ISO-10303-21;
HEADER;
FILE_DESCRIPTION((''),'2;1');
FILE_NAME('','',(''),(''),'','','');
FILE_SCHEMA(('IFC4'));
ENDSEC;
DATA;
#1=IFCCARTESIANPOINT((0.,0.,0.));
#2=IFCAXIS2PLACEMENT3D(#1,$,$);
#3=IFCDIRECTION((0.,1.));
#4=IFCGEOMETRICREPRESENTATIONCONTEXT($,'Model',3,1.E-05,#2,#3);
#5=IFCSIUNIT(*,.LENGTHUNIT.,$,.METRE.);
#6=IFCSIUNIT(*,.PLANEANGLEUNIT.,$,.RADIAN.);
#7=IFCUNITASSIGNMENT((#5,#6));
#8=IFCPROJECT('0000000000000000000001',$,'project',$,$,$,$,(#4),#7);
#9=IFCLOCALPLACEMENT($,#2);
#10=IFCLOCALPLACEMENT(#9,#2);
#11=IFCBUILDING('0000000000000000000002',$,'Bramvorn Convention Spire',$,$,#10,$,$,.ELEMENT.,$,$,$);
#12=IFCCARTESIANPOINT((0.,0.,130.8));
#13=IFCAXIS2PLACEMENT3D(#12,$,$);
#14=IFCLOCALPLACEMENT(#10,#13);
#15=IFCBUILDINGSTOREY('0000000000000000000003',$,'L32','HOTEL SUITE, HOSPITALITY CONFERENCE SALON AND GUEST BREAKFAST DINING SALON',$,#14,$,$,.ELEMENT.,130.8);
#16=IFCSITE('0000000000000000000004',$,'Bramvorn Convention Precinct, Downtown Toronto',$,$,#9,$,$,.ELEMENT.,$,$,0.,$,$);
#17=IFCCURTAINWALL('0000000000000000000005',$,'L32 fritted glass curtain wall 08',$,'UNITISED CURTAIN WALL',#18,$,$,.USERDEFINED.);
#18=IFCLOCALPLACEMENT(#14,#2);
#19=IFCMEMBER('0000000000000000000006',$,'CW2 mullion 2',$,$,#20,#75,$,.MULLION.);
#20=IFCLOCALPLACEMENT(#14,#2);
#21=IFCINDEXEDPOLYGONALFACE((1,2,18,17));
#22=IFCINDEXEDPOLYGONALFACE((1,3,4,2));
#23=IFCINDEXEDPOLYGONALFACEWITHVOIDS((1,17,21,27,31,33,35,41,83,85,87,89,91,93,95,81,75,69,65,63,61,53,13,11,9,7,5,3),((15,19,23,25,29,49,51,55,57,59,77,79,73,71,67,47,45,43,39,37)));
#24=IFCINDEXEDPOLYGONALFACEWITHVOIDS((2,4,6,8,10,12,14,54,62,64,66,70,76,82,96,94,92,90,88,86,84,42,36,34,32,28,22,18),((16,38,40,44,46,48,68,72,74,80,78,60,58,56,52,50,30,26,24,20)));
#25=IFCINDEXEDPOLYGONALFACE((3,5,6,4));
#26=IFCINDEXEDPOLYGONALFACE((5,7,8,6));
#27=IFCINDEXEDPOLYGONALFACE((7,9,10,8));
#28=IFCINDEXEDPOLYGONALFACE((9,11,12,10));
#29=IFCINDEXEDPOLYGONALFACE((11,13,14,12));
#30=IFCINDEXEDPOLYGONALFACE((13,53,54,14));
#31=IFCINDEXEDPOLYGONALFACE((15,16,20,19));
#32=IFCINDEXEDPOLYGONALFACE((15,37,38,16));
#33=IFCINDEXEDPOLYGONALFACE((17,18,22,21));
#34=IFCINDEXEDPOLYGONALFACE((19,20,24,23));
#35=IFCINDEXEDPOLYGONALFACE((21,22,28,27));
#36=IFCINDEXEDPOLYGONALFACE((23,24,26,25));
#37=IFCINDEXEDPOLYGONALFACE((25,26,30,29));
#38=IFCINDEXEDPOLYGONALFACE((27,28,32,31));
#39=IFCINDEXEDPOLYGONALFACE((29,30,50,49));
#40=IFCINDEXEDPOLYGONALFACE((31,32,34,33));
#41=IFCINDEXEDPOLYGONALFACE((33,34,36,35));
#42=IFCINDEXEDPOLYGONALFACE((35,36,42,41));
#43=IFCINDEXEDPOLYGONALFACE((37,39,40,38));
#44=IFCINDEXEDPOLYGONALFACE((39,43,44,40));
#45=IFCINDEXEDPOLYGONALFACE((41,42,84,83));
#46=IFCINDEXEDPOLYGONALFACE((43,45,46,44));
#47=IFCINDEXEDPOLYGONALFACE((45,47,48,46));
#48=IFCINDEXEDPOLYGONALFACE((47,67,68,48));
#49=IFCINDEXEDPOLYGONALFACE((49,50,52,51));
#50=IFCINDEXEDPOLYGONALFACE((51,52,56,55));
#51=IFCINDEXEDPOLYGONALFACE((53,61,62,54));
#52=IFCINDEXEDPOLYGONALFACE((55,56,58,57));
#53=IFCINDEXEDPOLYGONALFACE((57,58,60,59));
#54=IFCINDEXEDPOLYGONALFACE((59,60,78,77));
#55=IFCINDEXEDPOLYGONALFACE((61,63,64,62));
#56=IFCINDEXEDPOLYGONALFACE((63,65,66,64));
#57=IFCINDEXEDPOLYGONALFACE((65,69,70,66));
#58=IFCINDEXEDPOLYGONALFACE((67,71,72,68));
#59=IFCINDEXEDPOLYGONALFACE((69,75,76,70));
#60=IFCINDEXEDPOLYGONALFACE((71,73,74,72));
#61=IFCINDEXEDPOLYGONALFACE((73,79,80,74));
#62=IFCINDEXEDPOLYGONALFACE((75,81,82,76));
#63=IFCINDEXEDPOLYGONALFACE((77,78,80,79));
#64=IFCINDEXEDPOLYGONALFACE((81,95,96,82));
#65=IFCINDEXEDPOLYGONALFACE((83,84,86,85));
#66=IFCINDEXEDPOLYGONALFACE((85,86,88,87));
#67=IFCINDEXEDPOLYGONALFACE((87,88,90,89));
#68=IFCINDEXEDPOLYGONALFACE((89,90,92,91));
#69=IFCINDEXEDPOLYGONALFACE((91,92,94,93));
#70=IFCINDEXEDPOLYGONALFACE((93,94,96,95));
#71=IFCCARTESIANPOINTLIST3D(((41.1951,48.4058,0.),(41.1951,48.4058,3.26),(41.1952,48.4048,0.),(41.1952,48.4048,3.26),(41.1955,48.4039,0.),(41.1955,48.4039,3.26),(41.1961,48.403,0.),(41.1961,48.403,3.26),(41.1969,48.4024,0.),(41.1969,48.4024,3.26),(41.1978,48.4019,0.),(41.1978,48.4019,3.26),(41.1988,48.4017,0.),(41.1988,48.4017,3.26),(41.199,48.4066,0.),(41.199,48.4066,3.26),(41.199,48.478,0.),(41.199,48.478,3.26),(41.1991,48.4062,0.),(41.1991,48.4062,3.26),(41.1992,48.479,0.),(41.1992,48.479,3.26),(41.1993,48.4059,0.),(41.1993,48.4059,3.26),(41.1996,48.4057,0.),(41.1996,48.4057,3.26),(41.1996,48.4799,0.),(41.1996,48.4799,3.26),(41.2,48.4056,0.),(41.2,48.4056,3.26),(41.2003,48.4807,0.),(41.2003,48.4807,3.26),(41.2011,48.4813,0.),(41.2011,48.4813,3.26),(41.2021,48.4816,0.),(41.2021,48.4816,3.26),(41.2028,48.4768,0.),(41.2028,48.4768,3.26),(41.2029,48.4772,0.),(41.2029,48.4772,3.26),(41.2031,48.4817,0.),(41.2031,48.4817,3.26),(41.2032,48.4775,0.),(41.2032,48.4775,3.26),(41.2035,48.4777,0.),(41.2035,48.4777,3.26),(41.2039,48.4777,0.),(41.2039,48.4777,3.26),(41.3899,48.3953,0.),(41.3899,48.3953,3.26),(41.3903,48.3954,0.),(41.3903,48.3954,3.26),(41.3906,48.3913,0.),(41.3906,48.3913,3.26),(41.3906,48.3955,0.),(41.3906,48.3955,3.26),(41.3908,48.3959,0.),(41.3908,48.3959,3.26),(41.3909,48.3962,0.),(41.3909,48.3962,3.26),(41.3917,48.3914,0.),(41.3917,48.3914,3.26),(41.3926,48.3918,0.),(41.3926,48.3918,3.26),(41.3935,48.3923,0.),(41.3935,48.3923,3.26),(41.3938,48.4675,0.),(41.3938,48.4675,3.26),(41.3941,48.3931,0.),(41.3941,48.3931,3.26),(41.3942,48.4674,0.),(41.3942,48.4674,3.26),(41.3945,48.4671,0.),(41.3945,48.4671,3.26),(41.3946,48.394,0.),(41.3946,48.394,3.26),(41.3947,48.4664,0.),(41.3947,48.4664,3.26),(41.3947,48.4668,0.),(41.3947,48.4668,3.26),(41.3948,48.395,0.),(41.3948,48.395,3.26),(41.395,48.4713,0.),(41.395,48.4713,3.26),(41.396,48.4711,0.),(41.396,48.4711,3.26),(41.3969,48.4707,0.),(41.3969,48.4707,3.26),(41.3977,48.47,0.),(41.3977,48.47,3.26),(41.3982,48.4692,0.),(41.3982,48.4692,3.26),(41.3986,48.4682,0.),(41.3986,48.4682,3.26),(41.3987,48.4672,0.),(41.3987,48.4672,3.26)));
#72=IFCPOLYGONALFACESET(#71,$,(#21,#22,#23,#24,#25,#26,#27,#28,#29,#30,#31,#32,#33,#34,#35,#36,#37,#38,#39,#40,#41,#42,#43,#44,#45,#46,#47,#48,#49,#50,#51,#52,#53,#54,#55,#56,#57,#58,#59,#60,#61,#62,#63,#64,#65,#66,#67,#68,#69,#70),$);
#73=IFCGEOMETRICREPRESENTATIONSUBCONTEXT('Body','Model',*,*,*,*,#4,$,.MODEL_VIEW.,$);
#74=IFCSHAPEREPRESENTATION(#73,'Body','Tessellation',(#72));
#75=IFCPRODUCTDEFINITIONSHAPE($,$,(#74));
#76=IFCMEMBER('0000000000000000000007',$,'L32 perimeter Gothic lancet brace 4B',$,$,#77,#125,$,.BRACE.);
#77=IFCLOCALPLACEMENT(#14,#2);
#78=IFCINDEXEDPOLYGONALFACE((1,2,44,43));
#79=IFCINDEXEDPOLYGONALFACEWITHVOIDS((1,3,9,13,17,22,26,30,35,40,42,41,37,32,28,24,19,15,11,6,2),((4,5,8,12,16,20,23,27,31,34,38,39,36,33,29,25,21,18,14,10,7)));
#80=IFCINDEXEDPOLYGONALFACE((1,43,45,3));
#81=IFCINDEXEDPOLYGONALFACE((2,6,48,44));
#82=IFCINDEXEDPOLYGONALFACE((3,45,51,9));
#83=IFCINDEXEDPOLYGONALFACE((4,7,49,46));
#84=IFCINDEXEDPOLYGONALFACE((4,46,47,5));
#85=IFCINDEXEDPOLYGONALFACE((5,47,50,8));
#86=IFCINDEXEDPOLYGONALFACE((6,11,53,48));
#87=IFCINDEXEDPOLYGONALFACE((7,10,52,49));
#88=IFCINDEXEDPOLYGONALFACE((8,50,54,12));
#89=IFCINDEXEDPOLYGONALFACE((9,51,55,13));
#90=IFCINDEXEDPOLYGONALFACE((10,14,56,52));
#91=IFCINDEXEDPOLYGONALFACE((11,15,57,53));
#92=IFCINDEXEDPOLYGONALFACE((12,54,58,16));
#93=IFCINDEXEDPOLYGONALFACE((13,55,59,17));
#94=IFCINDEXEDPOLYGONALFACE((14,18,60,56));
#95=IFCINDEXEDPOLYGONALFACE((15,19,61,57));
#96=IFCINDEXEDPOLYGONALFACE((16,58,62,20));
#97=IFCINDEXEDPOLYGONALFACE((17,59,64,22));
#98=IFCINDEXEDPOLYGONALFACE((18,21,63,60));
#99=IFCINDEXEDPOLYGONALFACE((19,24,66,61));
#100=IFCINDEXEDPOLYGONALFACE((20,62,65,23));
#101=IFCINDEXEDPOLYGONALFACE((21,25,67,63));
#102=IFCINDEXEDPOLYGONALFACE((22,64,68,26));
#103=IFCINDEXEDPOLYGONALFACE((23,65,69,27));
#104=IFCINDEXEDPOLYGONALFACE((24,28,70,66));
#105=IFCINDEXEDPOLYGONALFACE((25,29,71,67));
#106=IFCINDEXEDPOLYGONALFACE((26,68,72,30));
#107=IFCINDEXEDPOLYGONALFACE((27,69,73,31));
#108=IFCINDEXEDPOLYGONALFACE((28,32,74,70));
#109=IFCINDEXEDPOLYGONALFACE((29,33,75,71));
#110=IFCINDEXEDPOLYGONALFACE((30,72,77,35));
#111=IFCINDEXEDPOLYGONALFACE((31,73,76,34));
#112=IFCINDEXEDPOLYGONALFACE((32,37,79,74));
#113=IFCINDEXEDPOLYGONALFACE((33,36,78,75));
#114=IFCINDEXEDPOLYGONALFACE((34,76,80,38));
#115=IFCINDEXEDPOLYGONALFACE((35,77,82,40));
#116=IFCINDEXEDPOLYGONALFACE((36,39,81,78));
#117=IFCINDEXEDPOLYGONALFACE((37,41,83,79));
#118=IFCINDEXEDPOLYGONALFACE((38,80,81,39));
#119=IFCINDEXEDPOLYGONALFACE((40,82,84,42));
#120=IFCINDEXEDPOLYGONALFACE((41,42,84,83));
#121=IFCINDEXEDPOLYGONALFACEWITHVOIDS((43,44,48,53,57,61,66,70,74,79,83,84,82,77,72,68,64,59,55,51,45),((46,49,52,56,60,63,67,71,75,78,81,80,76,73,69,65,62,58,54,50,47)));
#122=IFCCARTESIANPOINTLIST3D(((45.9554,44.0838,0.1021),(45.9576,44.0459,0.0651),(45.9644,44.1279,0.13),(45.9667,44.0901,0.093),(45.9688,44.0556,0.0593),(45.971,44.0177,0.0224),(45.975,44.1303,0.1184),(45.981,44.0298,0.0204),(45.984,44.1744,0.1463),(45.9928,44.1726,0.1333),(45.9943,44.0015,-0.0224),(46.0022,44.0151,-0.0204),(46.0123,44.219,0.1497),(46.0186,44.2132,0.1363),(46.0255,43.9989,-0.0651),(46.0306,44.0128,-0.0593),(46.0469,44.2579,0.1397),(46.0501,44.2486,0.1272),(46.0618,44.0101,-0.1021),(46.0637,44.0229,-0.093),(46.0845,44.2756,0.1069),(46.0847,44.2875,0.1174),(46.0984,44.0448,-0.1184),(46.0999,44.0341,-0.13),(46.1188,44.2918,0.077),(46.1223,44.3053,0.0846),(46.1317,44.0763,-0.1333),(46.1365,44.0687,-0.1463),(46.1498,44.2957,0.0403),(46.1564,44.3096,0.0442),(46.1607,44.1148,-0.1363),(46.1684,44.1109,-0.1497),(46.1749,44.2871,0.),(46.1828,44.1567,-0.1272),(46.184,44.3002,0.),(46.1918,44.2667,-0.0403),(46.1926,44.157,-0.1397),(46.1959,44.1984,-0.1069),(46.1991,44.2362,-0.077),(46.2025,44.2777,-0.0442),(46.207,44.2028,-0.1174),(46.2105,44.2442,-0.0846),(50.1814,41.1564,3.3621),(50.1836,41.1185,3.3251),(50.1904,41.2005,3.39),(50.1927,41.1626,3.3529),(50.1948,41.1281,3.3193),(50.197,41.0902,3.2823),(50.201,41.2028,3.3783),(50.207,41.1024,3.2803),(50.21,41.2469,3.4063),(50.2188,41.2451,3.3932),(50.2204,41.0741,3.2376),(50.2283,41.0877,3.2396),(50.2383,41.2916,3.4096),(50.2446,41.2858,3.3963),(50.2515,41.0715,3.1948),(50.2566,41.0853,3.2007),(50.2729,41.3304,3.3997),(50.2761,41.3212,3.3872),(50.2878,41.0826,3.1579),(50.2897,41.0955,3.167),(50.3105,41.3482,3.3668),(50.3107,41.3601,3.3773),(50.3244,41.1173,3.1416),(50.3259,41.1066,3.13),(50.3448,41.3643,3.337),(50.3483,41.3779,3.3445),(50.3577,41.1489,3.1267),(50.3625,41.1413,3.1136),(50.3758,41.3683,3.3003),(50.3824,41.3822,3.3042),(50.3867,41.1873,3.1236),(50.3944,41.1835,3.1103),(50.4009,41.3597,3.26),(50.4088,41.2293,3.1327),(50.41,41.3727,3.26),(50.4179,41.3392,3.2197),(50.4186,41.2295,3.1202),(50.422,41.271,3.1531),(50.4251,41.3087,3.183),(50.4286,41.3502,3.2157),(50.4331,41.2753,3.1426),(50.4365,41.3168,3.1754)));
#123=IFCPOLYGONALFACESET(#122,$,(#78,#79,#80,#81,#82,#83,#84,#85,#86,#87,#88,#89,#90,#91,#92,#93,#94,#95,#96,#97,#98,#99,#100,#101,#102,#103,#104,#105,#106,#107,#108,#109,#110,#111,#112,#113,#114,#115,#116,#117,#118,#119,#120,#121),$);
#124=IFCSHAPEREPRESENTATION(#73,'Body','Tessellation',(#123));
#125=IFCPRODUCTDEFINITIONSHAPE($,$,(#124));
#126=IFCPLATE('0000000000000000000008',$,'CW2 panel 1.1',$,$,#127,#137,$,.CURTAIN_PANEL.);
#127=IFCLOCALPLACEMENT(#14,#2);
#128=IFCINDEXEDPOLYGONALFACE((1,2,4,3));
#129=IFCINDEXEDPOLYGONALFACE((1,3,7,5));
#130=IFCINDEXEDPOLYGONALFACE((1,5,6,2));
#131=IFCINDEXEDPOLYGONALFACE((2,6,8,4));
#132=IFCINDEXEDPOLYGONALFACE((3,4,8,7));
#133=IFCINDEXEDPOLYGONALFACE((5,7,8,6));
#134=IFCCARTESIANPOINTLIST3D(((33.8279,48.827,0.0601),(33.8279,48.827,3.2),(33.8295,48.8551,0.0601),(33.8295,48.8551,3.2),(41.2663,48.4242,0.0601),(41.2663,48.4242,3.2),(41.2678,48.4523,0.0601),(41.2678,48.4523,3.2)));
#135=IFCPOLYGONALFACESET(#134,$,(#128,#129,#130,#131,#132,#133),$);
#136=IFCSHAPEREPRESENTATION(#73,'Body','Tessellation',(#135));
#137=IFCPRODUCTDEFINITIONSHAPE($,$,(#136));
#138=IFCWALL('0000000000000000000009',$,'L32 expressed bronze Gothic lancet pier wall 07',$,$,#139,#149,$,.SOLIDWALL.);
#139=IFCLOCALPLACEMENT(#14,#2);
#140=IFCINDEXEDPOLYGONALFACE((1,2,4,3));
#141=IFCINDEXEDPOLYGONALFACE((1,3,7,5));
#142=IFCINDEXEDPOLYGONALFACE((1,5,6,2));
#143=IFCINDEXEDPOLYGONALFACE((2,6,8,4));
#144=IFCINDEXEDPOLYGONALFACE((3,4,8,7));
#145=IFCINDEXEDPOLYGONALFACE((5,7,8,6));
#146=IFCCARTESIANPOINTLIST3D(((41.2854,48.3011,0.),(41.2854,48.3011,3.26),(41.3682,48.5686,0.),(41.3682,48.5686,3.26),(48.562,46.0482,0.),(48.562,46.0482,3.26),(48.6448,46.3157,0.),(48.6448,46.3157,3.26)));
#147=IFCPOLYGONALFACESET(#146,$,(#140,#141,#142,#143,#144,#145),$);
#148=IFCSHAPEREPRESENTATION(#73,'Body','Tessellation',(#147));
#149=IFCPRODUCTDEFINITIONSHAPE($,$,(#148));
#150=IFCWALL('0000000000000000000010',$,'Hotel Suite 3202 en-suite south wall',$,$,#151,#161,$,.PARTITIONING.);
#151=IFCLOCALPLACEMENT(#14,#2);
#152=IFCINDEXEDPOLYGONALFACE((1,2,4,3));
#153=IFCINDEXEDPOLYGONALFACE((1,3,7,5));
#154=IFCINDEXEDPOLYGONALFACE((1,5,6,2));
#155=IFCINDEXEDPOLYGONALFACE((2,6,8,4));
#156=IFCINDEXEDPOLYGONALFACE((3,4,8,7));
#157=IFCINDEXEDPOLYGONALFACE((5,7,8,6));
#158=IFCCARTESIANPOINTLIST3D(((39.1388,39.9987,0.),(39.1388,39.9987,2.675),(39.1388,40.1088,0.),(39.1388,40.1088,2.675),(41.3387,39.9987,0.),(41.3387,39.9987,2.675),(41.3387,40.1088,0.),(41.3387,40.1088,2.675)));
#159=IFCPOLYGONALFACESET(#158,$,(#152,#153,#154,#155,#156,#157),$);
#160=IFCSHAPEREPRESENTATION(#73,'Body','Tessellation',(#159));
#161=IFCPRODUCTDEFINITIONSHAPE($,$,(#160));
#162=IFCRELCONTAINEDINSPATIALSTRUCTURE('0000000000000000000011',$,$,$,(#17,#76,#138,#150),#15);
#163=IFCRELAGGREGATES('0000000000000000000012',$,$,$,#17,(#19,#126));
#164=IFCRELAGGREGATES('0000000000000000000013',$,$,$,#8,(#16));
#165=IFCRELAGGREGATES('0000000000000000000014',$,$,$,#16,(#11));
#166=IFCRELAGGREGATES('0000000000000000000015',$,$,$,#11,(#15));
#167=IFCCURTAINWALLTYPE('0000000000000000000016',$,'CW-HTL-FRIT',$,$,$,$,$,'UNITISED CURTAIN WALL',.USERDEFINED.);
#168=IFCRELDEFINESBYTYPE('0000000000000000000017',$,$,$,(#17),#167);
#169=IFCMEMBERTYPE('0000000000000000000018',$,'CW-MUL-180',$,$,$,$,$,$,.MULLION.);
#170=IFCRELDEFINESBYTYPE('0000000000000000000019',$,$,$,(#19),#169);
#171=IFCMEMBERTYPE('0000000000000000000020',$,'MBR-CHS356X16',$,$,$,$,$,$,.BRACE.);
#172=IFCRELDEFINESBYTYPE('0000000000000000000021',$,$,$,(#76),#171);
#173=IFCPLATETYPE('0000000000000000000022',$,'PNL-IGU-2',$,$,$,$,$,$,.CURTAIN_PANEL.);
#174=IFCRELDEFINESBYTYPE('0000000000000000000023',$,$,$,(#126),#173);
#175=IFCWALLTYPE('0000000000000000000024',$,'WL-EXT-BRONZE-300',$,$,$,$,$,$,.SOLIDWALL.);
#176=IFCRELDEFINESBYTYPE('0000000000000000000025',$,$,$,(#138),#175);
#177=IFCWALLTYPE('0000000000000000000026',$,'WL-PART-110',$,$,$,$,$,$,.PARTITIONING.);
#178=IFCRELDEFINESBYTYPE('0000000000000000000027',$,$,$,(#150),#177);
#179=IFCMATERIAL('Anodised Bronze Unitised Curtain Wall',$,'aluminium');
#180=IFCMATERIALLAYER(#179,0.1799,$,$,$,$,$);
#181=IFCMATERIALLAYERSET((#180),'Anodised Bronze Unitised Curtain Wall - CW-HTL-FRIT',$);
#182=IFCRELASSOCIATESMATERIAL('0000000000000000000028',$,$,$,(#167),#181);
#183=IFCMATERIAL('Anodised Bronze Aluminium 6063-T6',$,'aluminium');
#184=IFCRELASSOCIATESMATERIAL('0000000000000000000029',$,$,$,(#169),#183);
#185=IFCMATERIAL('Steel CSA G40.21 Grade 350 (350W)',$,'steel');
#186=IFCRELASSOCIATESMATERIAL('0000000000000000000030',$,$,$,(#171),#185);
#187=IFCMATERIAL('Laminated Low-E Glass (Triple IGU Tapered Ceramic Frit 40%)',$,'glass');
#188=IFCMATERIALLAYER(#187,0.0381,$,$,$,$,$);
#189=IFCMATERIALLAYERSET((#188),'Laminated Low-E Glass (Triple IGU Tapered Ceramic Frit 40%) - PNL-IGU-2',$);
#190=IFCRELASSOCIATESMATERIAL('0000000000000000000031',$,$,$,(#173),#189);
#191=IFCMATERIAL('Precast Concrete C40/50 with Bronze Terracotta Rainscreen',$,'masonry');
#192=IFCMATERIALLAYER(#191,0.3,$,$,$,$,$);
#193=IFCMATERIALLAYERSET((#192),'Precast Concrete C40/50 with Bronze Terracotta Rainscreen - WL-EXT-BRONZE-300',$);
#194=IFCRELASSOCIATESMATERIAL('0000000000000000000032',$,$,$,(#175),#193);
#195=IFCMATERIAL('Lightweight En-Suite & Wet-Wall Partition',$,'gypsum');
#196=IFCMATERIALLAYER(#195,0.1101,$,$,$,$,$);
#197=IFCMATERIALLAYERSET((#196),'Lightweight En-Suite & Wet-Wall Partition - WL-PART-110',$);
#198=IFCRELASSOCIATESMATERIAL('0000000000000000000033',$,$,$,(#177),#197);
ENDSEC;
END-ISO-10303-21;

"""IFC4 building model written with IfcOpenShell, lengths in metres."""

from ifc_helpers import new_model, si_unit, direction, frame, frame_2d, origin, origin_2d, place, context, subcontext, project, spatial, rectangle, hollow_rectangle, hollow_circle, extrude, material, layer, layer_set, material_profile, profile_set, type_object, element, aggregate, save


model = new_model("IFC4")

# Units and contexts
model_context = context("Model", 3, precision=1e-05, world=origin(), true_north=direction((0.0, 1.0)))
body_context = subcontext(model_context, "Body", "Model", "MODEL_VIEW")
ifc_project = project(units=[si_unit("LENGTHUNIT", "METRE"), si_unit("PLANEANGLEUNIT", "RADIAN")], contexts=[model_context])

# Site, building, storey
site_placement = place(None, origin())
site = spatial("IfcSite", under=ifc_project, at=site_placement, Name="Bramvorn Convention Precinct, Downtown Toronto", CompositionType="ELEMENT", RefElevation=0.0)
building_placement = place(site_placement, origin())
building = spatial("IfcBuilding", under=site, at=building_placement, Name="Bramvorn Convention Spire", CompositionType="ELEMENT")
storey_placement = place(building_placement, frame((0.0, 0.0, 130.8)))
storey = spatial("IfcBuildingStorey", under=building, at=storey_placement, Name="L32", Description="HOTEL SUITE, HOSPITALITY CONFERENCE SALON AND GUEST BREAKFAST DINING SALON", CompositionType="ELEMENT", Elevation=130.8)

# Shared definitions
ifc_material_1 = material(Name="Steel CSA G40.21 Grade 350 (350W)", Category="steel")

# Curtain wall, member
ifc_material_2 = material(Name="Anodised Bronze Unitised Curtain Wall", Category="aluminium")
ifc_layer_1 = layer(ifc_material_2, 0.1799)
ifc_layer_set_1 = layer_set([ifc_layer_1], Name="Anodised Bronze Unitised Curtain Wall - CW-HTL-FRIT")
curtain_wall_type = type_object("IfcCurtainWallType", Name="CW-HTL-FRIT", ElementType="UNITISED CURTAIN WALL", PredefinedType="USERDEFINED", material=ifc_layer_set_1)
curtain_wall_placement = place(storey_placement, origin())
curtain_wall = element("IfcCurtainWall", 1, at=curtain_wall_placement, inside=storey, type_object=curtain_wall_type, Name="L32 fritted glass curtain wall 08", ObjectType="UNITISED CURTAIN WALL", PredefinedType="USERDEFINED")
ifc_material_3 = material(Name="Anodised Bronze Aluminium 6063-T6", Category="aluminium")
ifc_material_profile_1 = material_profile(ifc_material_3, hollow_rectangle(XDim=0.0801, YDim=0.2, WallThickness=0.0039, InnerFilletRadius=0.001, OuterFilletRadius=0.0039, at=origin_2d()))
ifc_profile_set_1 = profile_set([ifc_material_profile_1], Name="Anodised Bronze Aluminium 6063-T6 - CWM80X200")
member_type_1 = type_object("IfcMemberType", Name="CW-MUL-180", PredefinedType="MULLION", material=ifc_profile_set_1)
member_1_placement = place(storey_placement, frame((41.2969, 48.4365, 0.0), z_axis=(0.0, 0.0, 1.0), x_axis=(0.054075, 0.998537, 0.0)))
member_1 = element("IfcMember", 2, at=member_1_placement, type_object=member_type_1, Name="CW2 mullion 2", PredefinedType="MULLION", context=body_context, shape_type="SweptSolid", body=[
    extrude(hollow_rectangle(XDim=0.0801, YDim=0.2, WallThickness=0.0039, InnerFilletRadius=0.001, OuterFilletRadius=0.0039, at=origin_2d()), origin(), (0.0, 0.0, 1.0), 3.26),
])

# Member
ifc_material_profile_2 = material_profile(ifc_material_1, hollow_circle(Radius=0.1777, WallThickness=0.0159, at=origin_2d()))
ifc_profile_set_2 = profile_set([ifc_material_profile_2], Name="Steel CSA G40.21 Grade 350 (350W) - CHS356X16")
member_type_2 = type_object("IfcMemberType", Name="MBR-CHS356X16", PredefinedType="BRACE", material=ifc_profile_set_2)
member_2_placement = place(storey_placement, frame((46.0828, 44.1541, 0.0), z_axis=(0.694222, -0.480902, 0.535526), x_axis=(0.56944, 0.822033, 0.0)))
element("IfcMember", 3, at=member_2_placement, inside=storey, type_object=member_type_2, Name="L32 perimeter Gothic lancet brace 4B", PredefinedType="BRACE", context=body_context, shape_type="SweptSolid", body=[
    extrude(hollow_circle(Radius=0.1777, WallThickness=0.0159, at=origin_2d()), origin(), (0.0, 0.0, 1.0), 6.0874),
])

# Plate
ifc_material_4 = material(Name="Laminated Low-E Glass (Triple IGU Tapered Ceramic Frit 40%)", Category="glass")
ifc_layer_2 = layer(ifc_material_4, 0.0381)
ifc_layer_set_2 = layer_set([ifc_layer_2], Name="Laminated Low-E Glass (Triple IGU Tapered Ceramic Frit 40%) - PNL-IGU-2")
plate_type = type_object("IfcPlateType", Name="PNL-IGU-2", PredefinedType="CURTAIN_PANEL", material=ifc_layer_set_2)
plate_placement = place(storey_placement, frame((37.5479, 48.6396, 0.0601), z_axis=(0.0, 0.0, 1.0), x_axis=(0.998537, -0.054075, 0.0)))
plate = element("IfcPlate", 4, at=plate_placement, type_object=plate_type, Name="CW2 panel 1.1", PredefinedType="CURTAIN_PANEL", context=body_context, shape_type="SweptSolid", body=[
    extrude(rectangle(XDim=7.4492, YDim=0.0281, at=origin_2d()), origin(), (0.0, 0.0, 1.0), 3.1399),
])
aggregate(curtain_wall, [member_1, plate])

# Walls
ifc_material_5 = material(Name="Precast Concrete C40/50 with Bronze Terracotta Rainscreen", Category="masonry")
ifc_layer_3 = layer(ifc_material_5, 0.3)
ifc_layer_set_3 = layer_set([ifc_layer_3], Name="Precast Concrete C40/50 with Bronze Terracotta Rainscreen - WL-EXT-BRONZE-300")
wall_type_1 = type_object("IfcWallType", Name="WL-EXT-BRONZE-300", PredefinedType="SOLIDWALL", material=ifc_layer_set_3)
wall_1_placement = place(storey_placement, frame((41.3269, 48.4348, 0.0), z_axis=(0.0, 0.0, 1.0), x_axis=(0.955262, -0.295761, 0.0)))
element("IfcWall", 5, at=wall_1_placement, inside=storey, type_object=wall_type_1, Name="L32 expressed bronze Gothic lancet pier wall 07", PredefinedType="SOLIDWALL", context=body_context, shape_type="SweptSolid", body=[
    extrude(rectangle(XDim=7.6174, YDim=0.28, at=frame_2d((3.8086, 0.0))), origin(), (0.0, 0.0, 1.0), 3.26),
])
ifc_material_6 = material(Name="Lightweight En-Suite & Wet-Wall Partition", Category="gypsum")
ifc_layer_4 = layer(ifc_material_6, 0.1101)
ifc_layer_set_4 = layer_set([ifc_layer_4], Name="Lightweight En-Suite & Wet-Wall Partition - WL-PART-110")
wall_type_2 = type_object("IfcWallType", Name="WL-PART-110", PredefinedType="PARTITIONING", material=ifc_layer_set_4)
wall_2_placement = place(storey_placement, frame((39.1387, 40.0537, 0.0), z_axis=(0.0, 0.0, 1.0), x_axis=(1.0, 0.0, 0.0)))
element("IfcWall", 6, at=wall_2_placement, inside=storey, type_object=wall_type_2, Name="Hotel Suite 3202 en-suite south wall", PredefinedType="PARTITIONING", context=body_context, shape_type="SweptSolid", body=[
    extrude(rectangle(XDim=2.2, YDim=0.1101, at=frame_2d((1.1001, 0.0))), origin(), (0.0, 0.0, 1.0), 2.675),
])

save(model, "model.ifc")
